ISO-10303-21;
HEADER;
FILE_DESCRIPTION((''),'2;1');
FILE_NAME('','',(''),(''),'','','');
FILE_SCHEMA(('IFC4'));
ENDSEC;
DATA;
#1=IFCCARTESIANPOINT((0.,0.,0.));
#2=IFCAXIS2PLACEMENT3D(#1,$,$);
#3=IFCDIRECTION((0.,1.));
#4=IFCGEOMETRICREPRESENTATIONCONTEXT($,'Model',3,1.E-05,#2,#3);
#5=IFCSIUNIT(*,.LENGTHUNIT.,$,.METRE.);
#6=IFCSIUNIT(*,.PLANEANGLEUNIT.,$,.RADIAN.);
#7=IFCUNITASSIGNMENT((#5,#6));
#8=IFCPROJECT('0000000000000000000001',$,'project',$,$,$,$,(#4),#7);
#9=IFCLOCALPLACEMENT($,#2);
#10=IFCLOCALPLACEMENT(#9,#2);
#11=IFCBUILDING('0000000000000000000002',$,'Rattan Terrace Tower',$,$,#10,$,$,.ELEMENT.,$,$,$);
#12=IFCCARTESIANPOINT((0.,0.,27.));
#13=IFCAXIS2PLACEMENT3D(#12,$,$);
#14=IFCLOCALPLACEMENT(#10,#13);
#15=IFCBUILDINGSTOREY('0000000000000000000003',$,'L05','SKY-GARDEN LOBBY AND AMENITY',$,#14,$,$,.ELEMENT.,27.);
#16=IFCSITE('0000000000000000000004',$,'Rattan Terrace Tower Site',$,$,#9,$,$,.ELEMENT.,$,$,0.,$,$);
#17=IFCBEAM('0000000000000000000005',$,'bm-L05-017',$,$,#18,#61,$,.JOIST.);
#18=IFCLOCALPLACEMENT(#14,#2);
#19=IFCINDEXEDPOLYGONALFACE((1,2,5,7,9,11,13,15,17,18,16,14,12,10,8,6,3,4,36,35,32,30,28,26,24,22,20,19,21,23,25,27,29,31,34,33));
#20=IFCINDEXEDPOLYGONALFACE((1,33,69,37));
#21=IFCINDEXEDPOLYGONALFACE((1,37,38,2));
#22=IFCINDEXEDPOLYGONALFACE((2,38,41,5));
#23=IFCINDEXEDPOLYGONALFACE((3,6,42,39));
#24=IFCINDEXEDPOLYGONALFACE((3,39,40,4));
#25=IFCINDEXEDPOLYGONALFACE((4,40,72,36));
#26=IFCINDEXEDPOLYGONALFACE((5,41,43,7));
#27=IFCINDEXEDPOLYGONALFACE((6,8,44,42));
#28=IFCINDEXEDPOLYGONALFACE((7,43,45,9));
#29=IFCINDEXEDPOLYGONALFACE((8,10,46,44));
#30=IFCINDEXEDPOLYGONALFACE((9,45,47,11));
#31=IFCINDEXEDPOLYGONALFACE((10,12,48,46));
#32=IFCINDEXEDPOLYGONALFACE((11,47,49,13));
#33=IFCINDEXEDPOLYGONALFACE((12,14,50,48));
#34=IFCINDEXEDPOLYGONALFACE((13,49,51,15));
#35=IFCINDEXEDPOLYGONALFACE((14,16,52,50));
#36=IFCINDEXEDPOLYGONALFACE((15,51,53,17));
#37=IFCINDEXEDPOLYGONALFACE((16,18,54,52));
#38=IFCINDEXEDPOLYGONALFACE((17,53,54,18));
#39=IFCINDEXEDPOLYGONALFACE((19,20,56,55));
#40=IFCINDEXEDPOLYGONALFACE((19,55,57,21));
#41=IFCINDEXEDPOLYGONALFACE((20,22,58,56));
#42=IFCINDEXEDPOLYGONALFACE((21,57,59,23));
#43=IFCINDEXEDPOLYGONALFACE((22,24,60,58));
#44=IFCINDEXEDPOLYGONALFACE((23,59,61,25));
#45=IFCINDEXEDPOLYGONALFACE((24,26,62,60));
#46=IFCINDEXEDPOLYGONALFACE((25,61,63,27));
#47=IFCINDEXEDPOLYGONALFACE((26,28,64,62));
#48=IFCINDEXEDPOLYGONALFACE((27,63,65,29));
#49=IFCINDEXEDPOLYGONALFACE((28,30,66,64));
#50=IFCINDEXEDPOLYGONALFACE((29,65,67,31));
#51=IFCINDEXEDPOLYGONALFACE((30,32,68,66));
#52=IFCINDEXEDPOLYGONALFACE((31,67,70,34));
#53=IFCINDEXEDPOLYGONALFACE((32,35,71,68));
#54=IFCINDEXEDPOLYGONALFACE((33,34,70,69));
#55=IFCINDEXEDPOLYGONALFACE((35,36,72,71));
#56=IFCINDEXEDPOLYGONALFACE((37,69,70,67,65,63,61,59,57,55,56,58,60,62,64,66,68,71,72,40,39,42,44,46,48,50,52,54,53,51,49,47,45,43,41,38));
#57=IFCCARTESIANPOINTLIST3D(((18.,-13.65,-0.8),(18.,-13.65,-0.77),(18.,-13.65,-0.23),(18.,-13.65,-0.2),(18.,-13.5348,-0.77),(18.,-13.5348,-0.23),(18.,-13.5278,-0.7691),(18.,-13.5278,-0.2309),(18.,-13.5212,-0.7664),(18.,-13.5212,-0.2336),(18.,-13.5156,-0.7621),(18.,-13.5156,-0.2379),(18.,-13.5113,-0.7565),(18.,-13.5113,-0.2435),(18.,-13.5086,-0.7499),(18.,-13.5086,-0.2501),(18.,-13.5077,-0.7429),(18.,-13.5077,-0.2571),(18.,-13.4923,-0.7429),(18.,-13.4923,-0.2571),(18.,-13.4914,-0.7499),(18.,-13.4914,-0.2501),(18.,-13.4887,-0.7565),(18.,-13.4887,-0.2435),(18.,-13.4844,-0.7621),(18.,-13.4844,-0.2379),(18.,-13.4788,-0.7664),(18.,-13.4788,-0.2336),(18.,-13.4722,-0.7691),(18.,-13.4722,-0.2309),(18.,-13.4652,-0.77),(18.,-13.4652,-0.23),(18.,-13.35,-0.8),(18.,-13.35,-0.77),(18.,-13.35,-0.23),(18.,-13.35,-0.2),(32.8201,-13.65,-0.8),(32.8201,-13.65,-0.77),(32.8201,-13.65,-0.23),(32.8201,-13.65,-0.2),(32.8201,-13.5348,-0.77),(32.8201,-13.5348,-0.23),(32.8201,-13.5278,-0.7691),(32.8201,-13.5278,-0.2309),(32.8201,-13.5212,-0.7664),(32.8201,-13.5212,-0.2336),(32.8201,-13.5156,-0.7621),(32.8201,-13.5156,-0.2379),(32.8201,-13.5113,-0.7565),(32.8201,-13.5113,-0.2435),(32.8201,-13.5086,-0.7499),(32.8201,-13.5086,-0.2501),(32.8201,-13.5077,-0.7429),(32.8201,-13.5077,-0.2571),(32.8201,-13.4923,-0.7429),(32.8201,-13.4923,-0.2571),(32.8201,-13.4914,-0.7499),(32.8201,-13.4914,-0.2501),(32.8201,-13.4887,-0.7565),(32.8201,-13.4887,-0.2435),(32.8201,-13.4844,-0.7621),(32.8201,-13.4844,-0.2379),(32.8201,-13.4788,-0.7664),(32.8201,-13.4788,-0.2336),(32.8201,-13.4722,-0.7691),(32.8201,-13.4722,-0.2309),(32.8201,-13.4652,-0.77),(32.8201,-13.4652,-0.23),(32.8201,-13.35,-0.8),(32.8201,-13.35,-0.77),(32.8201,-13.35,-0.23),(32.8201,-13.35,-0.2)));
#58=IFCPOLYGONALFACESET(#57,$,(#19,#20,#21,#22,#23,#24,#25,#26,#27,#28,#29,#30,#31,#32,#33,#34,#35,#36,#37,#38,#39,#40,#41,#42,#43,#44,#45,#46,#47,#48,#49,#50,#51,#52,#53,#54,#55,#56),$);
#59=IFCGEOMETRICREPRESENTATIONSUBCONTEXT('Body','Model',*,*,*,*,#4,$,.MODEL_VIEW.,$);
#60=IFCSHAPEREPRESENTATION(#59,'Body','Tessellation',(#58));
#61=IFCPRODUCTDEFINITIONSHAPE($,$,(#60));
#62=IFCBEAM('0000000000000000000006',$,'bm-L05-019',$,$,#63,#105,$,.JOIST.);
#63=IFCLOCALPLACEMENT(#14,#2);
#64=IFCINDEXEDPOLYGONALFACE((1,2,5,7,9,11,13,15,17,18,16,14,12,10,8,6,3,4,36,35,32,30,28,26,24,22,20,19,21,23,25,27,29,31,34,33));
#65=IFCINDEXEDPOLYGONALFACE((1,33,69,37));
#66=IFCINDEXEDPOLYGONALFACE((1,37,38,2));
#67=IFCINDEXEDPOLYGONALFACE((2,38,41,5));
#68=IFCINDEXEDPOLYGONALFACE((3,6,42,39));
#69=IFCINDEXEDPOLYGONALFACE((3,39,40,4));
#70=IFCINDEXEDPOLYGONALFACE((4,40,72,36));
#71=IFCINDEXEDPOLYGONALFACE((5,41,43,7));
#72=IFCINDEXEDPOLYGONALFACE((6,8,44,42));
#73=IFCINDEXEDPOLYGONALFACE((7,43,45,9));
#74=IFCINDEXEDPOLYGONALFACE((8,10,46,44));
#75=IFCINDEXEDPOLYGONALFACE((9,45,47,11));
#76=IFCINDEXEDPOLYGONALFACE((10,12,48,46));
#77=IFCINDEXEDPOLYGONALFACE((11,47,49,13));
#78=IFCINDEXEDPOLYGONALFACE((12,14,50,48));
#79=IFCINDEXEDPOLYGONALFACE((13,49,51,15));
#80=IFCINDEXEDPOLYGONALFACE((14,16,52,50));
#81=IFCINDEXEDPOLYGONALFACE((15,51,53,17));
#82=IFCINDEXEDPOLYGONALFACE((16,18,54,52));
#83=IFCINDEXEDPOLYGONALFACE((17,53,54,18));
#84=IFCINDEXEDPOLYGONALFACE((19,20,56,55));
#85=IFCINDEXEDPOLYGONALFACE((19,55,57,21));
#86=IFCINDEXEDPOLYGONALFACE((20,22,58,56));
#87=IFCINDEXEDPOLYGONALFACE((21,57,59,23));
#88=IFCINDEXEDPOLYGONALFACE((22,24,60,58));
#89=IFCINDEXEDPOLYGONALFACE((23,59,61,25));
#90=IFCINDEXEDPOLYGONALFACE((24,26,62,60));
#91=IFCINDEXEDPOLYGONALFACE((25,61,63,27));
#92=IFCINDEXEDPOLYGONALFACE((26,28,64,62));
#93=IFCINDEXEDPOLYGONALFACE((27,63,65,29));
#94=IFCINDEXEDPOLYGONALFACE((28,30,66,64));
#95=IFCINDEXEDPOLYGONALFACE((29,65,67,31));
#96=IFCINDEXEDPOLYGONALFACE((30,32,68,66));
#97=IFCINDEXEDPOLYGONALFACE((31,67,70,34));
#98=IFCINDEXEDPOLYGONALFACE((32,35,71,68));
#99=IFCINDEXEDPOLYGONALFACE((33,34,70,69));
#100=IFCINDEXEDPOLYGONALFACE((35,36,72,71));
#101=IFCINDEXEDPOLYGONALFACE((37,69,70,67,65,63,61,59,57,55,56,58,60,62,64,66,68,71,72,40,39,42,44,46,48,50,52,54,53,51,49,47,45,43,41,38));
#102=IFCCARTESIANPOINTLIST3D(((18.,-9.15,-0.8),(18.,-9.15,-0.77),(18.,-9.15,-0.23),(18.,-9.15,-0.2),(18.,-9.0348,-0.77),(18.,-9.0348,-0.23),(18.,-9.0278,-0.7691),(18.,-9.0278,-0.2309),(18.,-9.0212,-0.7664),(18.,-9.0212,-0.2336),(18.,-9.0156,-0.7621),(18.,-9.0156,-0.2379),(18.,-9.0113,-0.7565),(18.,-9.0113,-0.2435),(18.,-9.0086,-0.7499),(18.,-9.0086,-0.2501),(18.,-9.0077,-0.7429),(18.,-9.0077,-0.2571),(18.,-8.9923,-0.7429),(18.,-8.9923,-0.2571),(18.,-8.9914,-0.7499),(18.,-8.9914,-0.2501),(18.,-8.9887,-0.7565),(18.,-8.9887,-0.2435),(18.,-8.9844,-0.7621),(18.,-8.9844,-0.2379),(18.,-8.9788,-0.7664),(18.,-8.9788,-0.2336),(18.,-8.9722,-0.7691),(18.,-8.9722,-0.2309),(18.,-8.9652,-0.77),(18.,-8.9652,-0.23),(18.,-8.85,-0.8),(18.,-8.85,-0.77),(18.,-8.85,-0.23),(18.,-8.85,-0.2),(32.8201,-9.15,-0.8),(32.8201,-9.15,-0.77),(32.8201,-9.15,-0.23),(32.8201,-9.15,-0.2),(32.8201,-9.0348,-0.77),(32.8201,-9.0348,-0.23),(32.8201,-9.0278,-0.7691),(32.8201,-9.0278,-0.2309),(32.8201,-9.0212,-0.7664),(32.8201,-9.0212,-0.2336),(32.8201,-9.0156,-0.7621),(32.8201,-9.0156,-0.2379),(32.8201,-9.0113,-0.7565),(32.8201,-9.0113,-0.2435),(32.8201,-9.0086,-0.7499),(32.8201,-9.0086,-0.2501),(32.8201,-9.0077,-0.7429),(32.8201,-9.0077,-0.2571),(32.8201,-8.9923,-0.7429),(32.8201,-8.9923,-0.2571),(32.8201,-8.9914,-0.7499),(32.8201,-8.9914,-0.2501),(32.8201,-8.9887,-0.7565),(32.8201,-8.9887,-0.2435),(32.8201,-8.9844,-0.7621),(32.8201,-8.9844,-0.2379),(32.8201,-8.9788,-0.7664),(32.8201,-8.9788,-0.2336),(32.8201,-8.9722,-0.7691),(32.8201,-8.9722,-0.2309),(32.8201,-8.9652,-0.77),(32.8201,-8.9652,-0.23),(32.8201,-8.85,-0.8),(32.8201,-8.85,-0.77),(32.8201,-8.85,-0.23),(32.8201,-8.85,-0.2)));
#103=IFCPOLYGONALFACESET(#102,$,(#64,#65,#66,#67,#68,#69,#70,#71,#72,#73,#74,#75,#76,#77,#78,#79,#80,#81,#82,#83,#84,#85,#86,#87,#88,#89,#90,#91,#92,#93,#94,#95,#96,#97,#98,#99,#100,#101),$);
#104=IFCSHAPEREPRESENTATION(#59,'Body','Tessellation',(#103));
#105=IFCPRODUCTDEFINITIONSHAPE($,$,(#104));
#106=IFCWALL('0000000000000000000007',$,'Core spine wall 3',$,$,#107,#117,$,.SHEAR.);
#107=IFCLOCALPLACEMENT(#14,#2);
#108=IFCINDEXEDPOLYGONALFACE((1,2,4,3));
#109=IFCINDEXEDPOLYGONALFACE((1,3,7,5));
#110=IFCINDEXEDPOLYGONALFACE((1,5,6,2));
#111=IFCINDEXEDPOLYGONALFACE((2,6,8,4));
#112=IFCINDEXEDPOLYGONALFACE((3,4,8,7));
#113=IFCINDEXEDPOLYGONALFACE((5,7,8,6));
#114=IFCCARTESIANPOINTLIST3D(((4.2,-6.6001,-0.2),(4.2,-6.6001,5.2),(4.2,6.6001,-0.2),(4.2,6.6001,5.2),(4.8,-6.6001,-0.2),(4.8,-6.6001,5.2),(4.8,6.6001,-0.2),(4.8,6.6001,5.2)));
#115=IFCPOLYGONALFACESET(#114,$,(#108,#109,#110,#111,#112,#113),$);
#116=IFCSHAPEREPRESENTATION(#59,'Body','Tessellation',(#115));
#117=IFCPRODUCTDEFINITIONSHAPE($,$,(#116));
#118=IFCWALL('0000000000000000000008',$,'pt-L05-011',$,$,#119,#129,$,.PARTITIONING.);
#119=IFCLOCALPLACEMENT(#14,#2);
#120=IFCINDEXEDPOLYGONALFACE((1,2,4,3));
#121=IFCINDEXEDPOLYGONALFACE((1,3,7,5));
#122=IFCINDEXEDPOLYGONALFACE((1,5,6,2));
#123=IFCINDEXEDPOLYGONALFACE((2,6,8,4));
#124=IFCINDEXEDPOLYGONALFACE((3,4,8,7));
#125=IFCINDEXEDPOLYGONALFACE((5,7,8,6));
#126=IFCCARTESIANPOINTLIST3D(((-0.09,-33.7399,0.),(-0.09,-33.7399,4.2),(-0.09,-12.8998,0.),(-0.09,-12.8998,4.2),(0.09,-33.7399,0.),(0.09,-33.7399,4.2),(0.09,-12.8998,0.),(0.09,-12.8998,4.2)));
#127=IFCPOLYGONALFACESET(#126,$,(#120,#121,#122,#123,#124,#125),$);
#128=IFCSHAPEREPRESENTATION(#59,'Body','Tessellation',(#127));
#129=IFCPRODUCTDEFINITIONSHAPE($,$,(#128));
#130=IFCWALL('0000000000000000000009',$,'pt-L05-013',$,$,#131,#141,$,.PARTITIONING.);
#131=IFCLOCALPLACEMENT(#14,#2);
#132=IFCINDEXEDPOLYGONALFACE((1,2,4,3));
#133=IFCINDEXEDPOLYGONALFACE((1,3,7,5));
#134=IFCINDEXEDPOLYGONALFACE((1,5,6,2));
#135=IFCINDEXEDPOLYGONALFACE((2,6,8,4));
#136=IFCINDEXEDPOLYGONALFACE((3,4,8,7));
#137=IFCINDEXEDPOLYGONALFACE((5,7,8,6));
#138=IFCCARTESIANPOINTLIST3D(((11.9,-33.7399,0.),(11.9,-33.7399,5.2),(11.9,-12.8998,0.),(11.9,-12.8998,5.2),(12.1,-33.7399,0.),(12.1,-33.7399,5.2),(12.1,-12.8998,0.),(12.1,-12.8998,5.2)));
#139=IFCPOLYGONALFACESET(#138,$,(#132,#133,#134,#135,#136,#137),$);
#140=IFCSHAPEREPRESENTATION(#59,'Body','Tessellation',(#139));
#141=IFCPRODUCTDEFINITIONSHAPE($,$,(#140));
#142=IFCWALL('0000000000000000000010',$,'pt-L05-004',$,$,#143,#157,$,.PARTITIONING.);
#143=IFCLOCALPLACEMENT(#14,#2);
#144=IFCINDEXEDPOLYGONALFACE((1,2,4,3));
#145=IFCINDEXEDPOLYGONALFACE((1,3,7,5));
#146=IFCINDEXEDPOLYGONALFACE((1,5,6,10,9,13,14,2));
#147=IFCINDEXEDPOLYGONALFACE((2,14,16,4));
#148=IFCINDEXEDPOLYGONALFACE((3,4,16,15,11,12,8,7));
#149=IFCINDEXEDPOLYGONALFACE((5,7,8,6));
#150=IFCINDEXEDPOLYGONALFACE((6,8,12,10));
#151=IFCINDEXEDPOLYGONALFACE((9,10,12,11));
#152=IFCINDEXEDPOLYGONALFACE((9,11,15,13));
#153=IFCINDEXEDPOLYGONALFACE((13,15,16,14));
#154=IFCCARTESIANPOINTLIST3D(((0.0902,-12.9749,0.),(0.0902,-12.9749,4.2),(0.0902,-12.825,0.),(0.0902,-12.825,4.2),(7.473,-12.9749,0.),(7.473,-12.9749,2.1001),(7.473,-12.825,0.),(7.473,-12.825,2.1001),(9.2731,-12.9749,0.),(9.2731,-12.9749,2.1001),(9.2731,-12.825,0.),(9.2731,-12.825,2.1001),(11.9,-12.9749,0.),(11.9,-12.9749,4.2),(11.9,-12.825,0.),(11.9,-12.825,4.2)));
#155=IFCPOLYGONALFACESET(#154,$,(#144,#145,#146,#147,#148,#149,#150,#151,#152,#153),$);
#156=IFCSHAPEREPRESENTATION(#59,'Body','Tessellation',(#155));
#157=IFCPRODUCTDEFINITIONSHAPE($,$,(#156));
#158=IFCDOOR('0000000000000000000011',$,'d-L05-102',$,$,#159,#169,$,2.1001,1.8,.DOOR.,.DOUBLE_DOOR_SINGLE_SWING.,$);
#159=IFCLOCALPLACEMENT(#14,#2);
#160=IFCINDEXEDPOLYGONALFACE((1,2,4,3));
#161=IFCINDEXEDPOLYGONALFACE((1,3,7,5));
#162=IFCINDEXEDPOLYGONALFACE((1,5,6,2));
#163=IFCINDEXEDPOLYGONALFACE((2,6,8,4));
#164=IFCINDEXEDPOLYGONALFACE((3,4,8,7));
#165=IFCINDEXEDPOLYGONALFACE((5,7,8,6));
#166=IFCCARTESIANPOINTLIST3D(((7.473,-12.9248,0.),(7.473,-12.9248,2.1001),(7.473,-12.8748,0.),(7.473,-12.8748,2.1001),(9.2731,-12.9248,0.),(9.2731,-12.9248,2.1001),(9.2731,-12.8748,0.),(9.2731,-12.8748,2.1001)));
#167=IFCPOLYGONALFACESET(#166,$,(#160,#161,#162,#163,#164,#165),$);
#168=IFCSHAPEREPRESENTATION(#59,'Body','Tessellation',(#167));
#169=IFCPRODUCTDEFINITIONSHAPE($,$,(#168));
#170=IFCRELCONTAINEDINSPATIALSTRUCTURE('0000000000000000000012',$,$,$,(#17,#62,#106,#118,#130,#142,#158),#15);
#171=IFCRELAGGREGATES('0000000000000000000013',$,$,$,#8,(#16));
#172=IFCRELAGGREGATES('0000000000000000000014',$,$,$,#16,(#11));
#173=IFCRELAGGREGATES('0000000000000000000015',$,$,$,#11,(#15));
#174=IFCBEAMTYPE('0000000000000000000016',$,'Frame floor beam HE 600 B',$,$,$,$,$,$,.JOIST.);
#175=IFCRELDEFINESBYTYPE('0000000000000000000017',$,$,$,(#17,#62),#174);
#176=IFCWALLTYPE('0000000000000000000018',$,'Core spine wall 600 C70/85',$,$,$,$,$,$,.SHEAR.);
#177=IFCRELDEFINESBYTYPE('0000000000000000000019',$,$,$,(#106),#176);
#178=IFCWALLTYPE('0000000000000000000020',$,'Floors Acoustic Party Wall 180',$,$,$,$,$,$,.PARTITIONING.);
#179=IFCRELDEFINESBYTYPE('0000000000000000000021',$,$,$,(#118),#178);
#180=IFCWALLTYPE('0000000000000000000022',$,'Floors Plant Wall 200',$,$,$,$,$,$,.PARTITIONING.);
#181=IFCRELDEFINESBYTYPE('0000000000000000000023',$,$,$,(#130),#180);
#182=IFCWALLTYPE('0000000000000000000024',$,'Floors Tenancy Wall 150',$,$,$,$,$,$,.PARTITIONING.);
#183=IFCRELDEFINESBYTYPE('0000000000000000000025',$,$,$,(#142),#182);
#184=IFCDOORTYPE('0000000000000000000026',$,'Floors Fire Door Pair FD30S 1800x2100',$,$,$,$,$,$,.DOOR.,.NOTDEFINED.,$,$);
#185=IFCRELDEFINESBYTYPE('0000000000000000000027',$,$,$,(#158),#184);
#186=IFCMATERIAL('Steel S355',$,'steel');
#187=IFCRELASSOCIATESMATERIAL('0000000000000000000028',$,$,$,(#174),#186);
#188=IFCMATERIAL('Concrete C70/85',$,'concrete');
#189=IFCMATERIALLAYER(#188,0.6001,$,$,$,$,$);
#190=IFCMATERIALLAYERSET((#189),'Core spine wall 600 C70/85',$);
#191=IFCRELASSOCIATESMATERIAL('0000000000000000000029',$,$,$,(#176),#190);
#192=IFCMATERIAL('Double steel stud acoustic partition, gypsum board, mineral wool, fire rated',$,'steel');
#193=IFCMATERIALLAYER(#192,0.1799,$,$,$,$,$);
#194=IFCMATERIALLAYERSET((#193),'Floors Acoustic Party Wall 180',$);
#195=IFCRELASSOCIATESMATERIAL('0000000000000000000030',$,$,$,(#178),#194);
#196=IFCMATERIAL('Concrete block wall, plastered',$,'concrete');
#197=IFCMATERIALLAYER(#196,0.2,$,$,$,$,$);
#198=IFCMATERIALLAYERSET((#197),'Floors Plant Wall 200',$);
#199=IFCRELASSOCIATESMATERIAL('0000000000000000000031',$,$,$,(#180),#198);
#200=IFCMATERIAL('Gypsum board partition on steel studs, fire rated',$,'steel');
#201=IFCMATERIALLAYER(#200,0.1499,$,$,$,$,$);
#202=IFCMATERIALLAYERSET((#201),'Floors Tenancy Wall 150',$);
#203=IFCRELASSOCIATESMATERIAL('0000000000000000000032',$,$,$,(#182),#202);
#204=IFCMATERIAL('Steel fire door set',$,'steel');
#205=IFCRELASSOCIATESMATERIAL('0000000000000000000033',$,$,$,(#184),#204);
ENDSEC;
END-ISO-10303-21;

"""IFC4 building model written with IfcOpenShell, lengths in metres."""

from ifc_helpers import new_model, si_unit, direction, frame, frame_2d, origin, origin_2d, place, context, subcontext, project, spatial, rectangle, i_section, extrude, material, layer, layer_set, material_profile, profile_set, type_object, element, fill, save


model = new_model("IFC4")

# Units and contexts
model_context = context("Model", 3, precision=1e-05, world=origin(), true_north=direction((0.0, 1.0)))
body_context = subcontext(model_context, "Body", "Model", "MODEL_VIEW")
ifc_project = project(units=[si_unit("LENGTHUNIT", "METRE"), si_unit("PLANEANGLEUNIT", "RADIAN")], contexts=[model_context])

# Site, building, storey
site_placement = place(None, origin())
site = spatial("IfcSite", under=ifc_project, at=site_placement, Name="Rattan Terrace Tower Site", CompositionType="ELEMENT", RefElevation=0.0)
building_placement = place(site_placement, origin())
building = spatial("IfcBuilding", under=site, at=building_placement, Name="Rattan Terrace Tower", CompositionType="ELEMENT")
storey_placement = place(building_placement, frame((0.0, 0.0, 27.0)))
storey = spatial("IfcBuildingStorey", under=building, at=storey_placement, Name="L05", Description="SKY-GARDEN LOBBY AND AMENITY", CompositionType="ELEMENT", Elevation=27.0)

# Beams
ifc_material_1 = material(Name="Steel S355", Category="steel")
ifc_material_profile_1 = material_profile(ifc_material_1, i_section(OverallWidth=0.3, OverallDepth=0.6001, WebThickness=0.0154, FlangeThickness=0.03, FilletRadius=0.0271, at=origin_2d()), Name="HE 600 B")
ifc_profile_set_1 = profile_set([ifc_material_profile_1], Name="Steel S355")
beam_type_1 = type_object("IfcBeamType", Name="Frame floor beam HE 600 B", PredefinedType="JOIST", material=ifc_profile_set_1)
for number, where, z_axis, x_axis, name in (
    (1, (18.0, -13.5, -0.5), (1.0, 0.0, 0.0), (0.0, 1.0, 0.0), "bm-L05-017"),
    (2, (18.0, -9.0, -0.5), (1.0, 0.0, 0.0), (0.0, 1.0, 0.0), "bm-L05-019"),
):
    element("IfcBeam", number, at=place(storey_placement, frame(where, z_axis=z_axis, x_axis=x_axis)), inside=storey, type_object=beam_type_1, Name=name, PredefinedType="JOIST", context=body_context, shape_type="SweptSolid", body=[
        extrude(i_section(OverallWidth=0.3, OverallDepth=0.6001, WebThickness=0.0154, FlangeThickness=0.03, FilletRadius=0.0271, at=origin_2d()), origin(), (0.0, 0.0, 1.0), 14.8201),
    ])

# Walls
ifc_material_2 = material(Name="Concrete C70/85", Category="concrete")
ifc_layer_1 = layer(ifc_material_2, 0.6001)
ifc_layer_set_1 = layer_set([ifc_layer_1], Name="Core spine wall 600 C70/85")
wall_type_1 = type_object("IfcWallType", Name="Core spine wall 600 C70/85", PredefinedType="SHEAR", material=ifc_layer_set_1)
wall_1_placement = place(storey_placement, frame((4.5, -6.6001, -0.2), z_axis=(0.0, 0.0, 1.0), x_axis=(0.0, 1.0, 0.0)))
element("IfcWall", 3, at=wall_1_placement, inside=storey, type_object=wall_type_1, Name="Core spine wall 3", PredefinedType="SHEAR", context=body_context, shape_type="SweptSolid", body=[
    extrude(rectangle(XDim=13.2002, YDim=0.6001, at=frame_2d((6.6001, 0.0))), origin(), (0.0, 0.0, 1.0), 5.3999),
])
ifc_material_3 = material(Name="Double steel stud acoustic partition, gypsum board, mineral wool, fire rated", Category="steel")
ifc_layer_2 = layer(ifc_material_3, 0.1799)
ifc_layer_set_2 = layer_set([ifc_layer_2], Name="Floors Acoustic Party Wall 180")
wall_type_2 = type_object("IfcWallType", Name="Floors Acoustic Party Wall 180", PredefinedType="PARTITIONING", material=ifc_layer_set_2)
wall_2_placement = place(storey_placement, frame((0.0, -12.8999, 0.0), z_axis=(0.0, 0.0, 1.0), x_axis=(0.0, -1.0, 0.0)))
element("IfcWall", 4, at=wall_2_placement, inside=storey, type_object=wall_type_2, Name="pt-L05-011", PredefinedType="PARTITIONING", context=body_context, shape_type="SweptSolid", body=[
    extrude(rectangle(XDim=20.8401, YDim=0.1799, at=frame_2d((10.4199, 0.0))), origin(), (0.0, 0.0, 1.0), 4.2),
])
ifc_material_4 = material(Name="Concrete block wall, plastered", Category="concrete")
ifc_layer_3 = layer(ifc_material_4, 0.2)
ifc_layer_set_3 = layer_set([ifc_layer_3], Name="Floors Plant Wall 200")
wall_type_3 = type_object("IfcWallType", Name="Floors Plant Wall 200", PredefinedType="PARTITIONING", material=ifc_layer_set_3)
wall_3_placement = place(storey_placement, frame((12.0, -12.8999, 0.0), z_axis=(0.0, 0.0, 1.0), x_axis=(0.0, -1.0, 0.0)))
element("IfcWall", 5, at=wall_3_placement, inside=storey, type_object=wall_type_3, Name="pt-L05-013", PredefinedType="PARTITIONING", context=body_context, shape_type="SweptSolid", body=[
    extrude(rectangle(XDim=20.8401, YDim=0.2, at=frame_2d((10.4199, 0.0))), origin(), (0.0, 0.0, 1.0), 5.2),
])

# Wall, opening, door
ifc_material_5 = material(Name="Gypsum board partition on steel studs, fire rated", Category="steel")
ifc_layer_4 = layer(ifc_material_5, 0.1499)
ifc_layer_set_4 = layer_set([ifc_layer_4], Name="Floors Tenancy Wall 150")
wall_type_4 = type_object("IfcWallType", Name="Floors Tenancy Wall 150", PredefinedType="PARTITIONING", material=ifc_layer_set_4)
wall_4_placement = place(storey_placement, frame((11.8999, -12.8999, 0.0), z_axis=(0.0, 0.0, 1.0), x_axis=(-1.0, 0.0, 0.0)))
wall_4 = element("IfcWall", 6, at=wall_4_placement, inside=storey, type_object=wall_type_4, Name="pt-L05-004", PredefinedType="PARTITIONING", context=body_context, shape_type="SweptSolid", body=[
    extrude(rectangle(XDim=11.8098, YDim=0.1499, at=frame_2d((5.9048, 0.0))), origin(), (0.0, 0.0, 1.0), 4.2),
])
opening_1_placement = place(wall_4_placement, frame((2.627, 0.0, 0.0)))
opening_1 = element("IfcOpeningElement", 7, at=opening_1_placement, cuts=wall_4, PredefinedType="OPENING", context=body_context, shape_type="SweptSolid", body=[
    extrude(rectangle(XDim=1.8, YDim=2.1001, at=frame_2d((0.8999, 1.05))), frame((0.0, 0.0854, 0.0), z_axis=(0.0, -1.0, 0.0), x_axis=(1.0, 0.0, 0.0)), (0.0, 0.0, 1.0), 0.1709),
])
ifc_material_6 = material(Name="Steel fire door set", Category="steel")
door_type_1 = type_object("IfcDoorType", Name="Floors Fire Door Pair FD30S 1800x2100", OperationType="NOTDEFINED", PredefinedType="DOOR", material=ifc_material_6)
door_1_placement = place(opening_1_placement, origin())
door_1 = element("IfcDoor", 8, at=door_1_placement, inside=storey, type_object=door_type_1, Name="d-L05-102", OperationType="DOUBLE_DOOR_SINGLE_SWING", OverallHeight=2.1001, OverallWidth=1.8, PredefinedType="DOOR", context=body_context, shape_type="SweptSolid", body=[
    extrude(rectangle(XDim=1.8, YDim=2.1001, at=frame_2d((0.8999, 1.05))), frame((0.0, 0.0249, 0.0), z_axis=(0.0, -1.0, 0.0), x_axis=(1.0, 0.0, 0.0)), (0.0, 0.0, 1.0), 0.05),
])
fill(opening_1, door_1)

save(model, "model.ifc")
